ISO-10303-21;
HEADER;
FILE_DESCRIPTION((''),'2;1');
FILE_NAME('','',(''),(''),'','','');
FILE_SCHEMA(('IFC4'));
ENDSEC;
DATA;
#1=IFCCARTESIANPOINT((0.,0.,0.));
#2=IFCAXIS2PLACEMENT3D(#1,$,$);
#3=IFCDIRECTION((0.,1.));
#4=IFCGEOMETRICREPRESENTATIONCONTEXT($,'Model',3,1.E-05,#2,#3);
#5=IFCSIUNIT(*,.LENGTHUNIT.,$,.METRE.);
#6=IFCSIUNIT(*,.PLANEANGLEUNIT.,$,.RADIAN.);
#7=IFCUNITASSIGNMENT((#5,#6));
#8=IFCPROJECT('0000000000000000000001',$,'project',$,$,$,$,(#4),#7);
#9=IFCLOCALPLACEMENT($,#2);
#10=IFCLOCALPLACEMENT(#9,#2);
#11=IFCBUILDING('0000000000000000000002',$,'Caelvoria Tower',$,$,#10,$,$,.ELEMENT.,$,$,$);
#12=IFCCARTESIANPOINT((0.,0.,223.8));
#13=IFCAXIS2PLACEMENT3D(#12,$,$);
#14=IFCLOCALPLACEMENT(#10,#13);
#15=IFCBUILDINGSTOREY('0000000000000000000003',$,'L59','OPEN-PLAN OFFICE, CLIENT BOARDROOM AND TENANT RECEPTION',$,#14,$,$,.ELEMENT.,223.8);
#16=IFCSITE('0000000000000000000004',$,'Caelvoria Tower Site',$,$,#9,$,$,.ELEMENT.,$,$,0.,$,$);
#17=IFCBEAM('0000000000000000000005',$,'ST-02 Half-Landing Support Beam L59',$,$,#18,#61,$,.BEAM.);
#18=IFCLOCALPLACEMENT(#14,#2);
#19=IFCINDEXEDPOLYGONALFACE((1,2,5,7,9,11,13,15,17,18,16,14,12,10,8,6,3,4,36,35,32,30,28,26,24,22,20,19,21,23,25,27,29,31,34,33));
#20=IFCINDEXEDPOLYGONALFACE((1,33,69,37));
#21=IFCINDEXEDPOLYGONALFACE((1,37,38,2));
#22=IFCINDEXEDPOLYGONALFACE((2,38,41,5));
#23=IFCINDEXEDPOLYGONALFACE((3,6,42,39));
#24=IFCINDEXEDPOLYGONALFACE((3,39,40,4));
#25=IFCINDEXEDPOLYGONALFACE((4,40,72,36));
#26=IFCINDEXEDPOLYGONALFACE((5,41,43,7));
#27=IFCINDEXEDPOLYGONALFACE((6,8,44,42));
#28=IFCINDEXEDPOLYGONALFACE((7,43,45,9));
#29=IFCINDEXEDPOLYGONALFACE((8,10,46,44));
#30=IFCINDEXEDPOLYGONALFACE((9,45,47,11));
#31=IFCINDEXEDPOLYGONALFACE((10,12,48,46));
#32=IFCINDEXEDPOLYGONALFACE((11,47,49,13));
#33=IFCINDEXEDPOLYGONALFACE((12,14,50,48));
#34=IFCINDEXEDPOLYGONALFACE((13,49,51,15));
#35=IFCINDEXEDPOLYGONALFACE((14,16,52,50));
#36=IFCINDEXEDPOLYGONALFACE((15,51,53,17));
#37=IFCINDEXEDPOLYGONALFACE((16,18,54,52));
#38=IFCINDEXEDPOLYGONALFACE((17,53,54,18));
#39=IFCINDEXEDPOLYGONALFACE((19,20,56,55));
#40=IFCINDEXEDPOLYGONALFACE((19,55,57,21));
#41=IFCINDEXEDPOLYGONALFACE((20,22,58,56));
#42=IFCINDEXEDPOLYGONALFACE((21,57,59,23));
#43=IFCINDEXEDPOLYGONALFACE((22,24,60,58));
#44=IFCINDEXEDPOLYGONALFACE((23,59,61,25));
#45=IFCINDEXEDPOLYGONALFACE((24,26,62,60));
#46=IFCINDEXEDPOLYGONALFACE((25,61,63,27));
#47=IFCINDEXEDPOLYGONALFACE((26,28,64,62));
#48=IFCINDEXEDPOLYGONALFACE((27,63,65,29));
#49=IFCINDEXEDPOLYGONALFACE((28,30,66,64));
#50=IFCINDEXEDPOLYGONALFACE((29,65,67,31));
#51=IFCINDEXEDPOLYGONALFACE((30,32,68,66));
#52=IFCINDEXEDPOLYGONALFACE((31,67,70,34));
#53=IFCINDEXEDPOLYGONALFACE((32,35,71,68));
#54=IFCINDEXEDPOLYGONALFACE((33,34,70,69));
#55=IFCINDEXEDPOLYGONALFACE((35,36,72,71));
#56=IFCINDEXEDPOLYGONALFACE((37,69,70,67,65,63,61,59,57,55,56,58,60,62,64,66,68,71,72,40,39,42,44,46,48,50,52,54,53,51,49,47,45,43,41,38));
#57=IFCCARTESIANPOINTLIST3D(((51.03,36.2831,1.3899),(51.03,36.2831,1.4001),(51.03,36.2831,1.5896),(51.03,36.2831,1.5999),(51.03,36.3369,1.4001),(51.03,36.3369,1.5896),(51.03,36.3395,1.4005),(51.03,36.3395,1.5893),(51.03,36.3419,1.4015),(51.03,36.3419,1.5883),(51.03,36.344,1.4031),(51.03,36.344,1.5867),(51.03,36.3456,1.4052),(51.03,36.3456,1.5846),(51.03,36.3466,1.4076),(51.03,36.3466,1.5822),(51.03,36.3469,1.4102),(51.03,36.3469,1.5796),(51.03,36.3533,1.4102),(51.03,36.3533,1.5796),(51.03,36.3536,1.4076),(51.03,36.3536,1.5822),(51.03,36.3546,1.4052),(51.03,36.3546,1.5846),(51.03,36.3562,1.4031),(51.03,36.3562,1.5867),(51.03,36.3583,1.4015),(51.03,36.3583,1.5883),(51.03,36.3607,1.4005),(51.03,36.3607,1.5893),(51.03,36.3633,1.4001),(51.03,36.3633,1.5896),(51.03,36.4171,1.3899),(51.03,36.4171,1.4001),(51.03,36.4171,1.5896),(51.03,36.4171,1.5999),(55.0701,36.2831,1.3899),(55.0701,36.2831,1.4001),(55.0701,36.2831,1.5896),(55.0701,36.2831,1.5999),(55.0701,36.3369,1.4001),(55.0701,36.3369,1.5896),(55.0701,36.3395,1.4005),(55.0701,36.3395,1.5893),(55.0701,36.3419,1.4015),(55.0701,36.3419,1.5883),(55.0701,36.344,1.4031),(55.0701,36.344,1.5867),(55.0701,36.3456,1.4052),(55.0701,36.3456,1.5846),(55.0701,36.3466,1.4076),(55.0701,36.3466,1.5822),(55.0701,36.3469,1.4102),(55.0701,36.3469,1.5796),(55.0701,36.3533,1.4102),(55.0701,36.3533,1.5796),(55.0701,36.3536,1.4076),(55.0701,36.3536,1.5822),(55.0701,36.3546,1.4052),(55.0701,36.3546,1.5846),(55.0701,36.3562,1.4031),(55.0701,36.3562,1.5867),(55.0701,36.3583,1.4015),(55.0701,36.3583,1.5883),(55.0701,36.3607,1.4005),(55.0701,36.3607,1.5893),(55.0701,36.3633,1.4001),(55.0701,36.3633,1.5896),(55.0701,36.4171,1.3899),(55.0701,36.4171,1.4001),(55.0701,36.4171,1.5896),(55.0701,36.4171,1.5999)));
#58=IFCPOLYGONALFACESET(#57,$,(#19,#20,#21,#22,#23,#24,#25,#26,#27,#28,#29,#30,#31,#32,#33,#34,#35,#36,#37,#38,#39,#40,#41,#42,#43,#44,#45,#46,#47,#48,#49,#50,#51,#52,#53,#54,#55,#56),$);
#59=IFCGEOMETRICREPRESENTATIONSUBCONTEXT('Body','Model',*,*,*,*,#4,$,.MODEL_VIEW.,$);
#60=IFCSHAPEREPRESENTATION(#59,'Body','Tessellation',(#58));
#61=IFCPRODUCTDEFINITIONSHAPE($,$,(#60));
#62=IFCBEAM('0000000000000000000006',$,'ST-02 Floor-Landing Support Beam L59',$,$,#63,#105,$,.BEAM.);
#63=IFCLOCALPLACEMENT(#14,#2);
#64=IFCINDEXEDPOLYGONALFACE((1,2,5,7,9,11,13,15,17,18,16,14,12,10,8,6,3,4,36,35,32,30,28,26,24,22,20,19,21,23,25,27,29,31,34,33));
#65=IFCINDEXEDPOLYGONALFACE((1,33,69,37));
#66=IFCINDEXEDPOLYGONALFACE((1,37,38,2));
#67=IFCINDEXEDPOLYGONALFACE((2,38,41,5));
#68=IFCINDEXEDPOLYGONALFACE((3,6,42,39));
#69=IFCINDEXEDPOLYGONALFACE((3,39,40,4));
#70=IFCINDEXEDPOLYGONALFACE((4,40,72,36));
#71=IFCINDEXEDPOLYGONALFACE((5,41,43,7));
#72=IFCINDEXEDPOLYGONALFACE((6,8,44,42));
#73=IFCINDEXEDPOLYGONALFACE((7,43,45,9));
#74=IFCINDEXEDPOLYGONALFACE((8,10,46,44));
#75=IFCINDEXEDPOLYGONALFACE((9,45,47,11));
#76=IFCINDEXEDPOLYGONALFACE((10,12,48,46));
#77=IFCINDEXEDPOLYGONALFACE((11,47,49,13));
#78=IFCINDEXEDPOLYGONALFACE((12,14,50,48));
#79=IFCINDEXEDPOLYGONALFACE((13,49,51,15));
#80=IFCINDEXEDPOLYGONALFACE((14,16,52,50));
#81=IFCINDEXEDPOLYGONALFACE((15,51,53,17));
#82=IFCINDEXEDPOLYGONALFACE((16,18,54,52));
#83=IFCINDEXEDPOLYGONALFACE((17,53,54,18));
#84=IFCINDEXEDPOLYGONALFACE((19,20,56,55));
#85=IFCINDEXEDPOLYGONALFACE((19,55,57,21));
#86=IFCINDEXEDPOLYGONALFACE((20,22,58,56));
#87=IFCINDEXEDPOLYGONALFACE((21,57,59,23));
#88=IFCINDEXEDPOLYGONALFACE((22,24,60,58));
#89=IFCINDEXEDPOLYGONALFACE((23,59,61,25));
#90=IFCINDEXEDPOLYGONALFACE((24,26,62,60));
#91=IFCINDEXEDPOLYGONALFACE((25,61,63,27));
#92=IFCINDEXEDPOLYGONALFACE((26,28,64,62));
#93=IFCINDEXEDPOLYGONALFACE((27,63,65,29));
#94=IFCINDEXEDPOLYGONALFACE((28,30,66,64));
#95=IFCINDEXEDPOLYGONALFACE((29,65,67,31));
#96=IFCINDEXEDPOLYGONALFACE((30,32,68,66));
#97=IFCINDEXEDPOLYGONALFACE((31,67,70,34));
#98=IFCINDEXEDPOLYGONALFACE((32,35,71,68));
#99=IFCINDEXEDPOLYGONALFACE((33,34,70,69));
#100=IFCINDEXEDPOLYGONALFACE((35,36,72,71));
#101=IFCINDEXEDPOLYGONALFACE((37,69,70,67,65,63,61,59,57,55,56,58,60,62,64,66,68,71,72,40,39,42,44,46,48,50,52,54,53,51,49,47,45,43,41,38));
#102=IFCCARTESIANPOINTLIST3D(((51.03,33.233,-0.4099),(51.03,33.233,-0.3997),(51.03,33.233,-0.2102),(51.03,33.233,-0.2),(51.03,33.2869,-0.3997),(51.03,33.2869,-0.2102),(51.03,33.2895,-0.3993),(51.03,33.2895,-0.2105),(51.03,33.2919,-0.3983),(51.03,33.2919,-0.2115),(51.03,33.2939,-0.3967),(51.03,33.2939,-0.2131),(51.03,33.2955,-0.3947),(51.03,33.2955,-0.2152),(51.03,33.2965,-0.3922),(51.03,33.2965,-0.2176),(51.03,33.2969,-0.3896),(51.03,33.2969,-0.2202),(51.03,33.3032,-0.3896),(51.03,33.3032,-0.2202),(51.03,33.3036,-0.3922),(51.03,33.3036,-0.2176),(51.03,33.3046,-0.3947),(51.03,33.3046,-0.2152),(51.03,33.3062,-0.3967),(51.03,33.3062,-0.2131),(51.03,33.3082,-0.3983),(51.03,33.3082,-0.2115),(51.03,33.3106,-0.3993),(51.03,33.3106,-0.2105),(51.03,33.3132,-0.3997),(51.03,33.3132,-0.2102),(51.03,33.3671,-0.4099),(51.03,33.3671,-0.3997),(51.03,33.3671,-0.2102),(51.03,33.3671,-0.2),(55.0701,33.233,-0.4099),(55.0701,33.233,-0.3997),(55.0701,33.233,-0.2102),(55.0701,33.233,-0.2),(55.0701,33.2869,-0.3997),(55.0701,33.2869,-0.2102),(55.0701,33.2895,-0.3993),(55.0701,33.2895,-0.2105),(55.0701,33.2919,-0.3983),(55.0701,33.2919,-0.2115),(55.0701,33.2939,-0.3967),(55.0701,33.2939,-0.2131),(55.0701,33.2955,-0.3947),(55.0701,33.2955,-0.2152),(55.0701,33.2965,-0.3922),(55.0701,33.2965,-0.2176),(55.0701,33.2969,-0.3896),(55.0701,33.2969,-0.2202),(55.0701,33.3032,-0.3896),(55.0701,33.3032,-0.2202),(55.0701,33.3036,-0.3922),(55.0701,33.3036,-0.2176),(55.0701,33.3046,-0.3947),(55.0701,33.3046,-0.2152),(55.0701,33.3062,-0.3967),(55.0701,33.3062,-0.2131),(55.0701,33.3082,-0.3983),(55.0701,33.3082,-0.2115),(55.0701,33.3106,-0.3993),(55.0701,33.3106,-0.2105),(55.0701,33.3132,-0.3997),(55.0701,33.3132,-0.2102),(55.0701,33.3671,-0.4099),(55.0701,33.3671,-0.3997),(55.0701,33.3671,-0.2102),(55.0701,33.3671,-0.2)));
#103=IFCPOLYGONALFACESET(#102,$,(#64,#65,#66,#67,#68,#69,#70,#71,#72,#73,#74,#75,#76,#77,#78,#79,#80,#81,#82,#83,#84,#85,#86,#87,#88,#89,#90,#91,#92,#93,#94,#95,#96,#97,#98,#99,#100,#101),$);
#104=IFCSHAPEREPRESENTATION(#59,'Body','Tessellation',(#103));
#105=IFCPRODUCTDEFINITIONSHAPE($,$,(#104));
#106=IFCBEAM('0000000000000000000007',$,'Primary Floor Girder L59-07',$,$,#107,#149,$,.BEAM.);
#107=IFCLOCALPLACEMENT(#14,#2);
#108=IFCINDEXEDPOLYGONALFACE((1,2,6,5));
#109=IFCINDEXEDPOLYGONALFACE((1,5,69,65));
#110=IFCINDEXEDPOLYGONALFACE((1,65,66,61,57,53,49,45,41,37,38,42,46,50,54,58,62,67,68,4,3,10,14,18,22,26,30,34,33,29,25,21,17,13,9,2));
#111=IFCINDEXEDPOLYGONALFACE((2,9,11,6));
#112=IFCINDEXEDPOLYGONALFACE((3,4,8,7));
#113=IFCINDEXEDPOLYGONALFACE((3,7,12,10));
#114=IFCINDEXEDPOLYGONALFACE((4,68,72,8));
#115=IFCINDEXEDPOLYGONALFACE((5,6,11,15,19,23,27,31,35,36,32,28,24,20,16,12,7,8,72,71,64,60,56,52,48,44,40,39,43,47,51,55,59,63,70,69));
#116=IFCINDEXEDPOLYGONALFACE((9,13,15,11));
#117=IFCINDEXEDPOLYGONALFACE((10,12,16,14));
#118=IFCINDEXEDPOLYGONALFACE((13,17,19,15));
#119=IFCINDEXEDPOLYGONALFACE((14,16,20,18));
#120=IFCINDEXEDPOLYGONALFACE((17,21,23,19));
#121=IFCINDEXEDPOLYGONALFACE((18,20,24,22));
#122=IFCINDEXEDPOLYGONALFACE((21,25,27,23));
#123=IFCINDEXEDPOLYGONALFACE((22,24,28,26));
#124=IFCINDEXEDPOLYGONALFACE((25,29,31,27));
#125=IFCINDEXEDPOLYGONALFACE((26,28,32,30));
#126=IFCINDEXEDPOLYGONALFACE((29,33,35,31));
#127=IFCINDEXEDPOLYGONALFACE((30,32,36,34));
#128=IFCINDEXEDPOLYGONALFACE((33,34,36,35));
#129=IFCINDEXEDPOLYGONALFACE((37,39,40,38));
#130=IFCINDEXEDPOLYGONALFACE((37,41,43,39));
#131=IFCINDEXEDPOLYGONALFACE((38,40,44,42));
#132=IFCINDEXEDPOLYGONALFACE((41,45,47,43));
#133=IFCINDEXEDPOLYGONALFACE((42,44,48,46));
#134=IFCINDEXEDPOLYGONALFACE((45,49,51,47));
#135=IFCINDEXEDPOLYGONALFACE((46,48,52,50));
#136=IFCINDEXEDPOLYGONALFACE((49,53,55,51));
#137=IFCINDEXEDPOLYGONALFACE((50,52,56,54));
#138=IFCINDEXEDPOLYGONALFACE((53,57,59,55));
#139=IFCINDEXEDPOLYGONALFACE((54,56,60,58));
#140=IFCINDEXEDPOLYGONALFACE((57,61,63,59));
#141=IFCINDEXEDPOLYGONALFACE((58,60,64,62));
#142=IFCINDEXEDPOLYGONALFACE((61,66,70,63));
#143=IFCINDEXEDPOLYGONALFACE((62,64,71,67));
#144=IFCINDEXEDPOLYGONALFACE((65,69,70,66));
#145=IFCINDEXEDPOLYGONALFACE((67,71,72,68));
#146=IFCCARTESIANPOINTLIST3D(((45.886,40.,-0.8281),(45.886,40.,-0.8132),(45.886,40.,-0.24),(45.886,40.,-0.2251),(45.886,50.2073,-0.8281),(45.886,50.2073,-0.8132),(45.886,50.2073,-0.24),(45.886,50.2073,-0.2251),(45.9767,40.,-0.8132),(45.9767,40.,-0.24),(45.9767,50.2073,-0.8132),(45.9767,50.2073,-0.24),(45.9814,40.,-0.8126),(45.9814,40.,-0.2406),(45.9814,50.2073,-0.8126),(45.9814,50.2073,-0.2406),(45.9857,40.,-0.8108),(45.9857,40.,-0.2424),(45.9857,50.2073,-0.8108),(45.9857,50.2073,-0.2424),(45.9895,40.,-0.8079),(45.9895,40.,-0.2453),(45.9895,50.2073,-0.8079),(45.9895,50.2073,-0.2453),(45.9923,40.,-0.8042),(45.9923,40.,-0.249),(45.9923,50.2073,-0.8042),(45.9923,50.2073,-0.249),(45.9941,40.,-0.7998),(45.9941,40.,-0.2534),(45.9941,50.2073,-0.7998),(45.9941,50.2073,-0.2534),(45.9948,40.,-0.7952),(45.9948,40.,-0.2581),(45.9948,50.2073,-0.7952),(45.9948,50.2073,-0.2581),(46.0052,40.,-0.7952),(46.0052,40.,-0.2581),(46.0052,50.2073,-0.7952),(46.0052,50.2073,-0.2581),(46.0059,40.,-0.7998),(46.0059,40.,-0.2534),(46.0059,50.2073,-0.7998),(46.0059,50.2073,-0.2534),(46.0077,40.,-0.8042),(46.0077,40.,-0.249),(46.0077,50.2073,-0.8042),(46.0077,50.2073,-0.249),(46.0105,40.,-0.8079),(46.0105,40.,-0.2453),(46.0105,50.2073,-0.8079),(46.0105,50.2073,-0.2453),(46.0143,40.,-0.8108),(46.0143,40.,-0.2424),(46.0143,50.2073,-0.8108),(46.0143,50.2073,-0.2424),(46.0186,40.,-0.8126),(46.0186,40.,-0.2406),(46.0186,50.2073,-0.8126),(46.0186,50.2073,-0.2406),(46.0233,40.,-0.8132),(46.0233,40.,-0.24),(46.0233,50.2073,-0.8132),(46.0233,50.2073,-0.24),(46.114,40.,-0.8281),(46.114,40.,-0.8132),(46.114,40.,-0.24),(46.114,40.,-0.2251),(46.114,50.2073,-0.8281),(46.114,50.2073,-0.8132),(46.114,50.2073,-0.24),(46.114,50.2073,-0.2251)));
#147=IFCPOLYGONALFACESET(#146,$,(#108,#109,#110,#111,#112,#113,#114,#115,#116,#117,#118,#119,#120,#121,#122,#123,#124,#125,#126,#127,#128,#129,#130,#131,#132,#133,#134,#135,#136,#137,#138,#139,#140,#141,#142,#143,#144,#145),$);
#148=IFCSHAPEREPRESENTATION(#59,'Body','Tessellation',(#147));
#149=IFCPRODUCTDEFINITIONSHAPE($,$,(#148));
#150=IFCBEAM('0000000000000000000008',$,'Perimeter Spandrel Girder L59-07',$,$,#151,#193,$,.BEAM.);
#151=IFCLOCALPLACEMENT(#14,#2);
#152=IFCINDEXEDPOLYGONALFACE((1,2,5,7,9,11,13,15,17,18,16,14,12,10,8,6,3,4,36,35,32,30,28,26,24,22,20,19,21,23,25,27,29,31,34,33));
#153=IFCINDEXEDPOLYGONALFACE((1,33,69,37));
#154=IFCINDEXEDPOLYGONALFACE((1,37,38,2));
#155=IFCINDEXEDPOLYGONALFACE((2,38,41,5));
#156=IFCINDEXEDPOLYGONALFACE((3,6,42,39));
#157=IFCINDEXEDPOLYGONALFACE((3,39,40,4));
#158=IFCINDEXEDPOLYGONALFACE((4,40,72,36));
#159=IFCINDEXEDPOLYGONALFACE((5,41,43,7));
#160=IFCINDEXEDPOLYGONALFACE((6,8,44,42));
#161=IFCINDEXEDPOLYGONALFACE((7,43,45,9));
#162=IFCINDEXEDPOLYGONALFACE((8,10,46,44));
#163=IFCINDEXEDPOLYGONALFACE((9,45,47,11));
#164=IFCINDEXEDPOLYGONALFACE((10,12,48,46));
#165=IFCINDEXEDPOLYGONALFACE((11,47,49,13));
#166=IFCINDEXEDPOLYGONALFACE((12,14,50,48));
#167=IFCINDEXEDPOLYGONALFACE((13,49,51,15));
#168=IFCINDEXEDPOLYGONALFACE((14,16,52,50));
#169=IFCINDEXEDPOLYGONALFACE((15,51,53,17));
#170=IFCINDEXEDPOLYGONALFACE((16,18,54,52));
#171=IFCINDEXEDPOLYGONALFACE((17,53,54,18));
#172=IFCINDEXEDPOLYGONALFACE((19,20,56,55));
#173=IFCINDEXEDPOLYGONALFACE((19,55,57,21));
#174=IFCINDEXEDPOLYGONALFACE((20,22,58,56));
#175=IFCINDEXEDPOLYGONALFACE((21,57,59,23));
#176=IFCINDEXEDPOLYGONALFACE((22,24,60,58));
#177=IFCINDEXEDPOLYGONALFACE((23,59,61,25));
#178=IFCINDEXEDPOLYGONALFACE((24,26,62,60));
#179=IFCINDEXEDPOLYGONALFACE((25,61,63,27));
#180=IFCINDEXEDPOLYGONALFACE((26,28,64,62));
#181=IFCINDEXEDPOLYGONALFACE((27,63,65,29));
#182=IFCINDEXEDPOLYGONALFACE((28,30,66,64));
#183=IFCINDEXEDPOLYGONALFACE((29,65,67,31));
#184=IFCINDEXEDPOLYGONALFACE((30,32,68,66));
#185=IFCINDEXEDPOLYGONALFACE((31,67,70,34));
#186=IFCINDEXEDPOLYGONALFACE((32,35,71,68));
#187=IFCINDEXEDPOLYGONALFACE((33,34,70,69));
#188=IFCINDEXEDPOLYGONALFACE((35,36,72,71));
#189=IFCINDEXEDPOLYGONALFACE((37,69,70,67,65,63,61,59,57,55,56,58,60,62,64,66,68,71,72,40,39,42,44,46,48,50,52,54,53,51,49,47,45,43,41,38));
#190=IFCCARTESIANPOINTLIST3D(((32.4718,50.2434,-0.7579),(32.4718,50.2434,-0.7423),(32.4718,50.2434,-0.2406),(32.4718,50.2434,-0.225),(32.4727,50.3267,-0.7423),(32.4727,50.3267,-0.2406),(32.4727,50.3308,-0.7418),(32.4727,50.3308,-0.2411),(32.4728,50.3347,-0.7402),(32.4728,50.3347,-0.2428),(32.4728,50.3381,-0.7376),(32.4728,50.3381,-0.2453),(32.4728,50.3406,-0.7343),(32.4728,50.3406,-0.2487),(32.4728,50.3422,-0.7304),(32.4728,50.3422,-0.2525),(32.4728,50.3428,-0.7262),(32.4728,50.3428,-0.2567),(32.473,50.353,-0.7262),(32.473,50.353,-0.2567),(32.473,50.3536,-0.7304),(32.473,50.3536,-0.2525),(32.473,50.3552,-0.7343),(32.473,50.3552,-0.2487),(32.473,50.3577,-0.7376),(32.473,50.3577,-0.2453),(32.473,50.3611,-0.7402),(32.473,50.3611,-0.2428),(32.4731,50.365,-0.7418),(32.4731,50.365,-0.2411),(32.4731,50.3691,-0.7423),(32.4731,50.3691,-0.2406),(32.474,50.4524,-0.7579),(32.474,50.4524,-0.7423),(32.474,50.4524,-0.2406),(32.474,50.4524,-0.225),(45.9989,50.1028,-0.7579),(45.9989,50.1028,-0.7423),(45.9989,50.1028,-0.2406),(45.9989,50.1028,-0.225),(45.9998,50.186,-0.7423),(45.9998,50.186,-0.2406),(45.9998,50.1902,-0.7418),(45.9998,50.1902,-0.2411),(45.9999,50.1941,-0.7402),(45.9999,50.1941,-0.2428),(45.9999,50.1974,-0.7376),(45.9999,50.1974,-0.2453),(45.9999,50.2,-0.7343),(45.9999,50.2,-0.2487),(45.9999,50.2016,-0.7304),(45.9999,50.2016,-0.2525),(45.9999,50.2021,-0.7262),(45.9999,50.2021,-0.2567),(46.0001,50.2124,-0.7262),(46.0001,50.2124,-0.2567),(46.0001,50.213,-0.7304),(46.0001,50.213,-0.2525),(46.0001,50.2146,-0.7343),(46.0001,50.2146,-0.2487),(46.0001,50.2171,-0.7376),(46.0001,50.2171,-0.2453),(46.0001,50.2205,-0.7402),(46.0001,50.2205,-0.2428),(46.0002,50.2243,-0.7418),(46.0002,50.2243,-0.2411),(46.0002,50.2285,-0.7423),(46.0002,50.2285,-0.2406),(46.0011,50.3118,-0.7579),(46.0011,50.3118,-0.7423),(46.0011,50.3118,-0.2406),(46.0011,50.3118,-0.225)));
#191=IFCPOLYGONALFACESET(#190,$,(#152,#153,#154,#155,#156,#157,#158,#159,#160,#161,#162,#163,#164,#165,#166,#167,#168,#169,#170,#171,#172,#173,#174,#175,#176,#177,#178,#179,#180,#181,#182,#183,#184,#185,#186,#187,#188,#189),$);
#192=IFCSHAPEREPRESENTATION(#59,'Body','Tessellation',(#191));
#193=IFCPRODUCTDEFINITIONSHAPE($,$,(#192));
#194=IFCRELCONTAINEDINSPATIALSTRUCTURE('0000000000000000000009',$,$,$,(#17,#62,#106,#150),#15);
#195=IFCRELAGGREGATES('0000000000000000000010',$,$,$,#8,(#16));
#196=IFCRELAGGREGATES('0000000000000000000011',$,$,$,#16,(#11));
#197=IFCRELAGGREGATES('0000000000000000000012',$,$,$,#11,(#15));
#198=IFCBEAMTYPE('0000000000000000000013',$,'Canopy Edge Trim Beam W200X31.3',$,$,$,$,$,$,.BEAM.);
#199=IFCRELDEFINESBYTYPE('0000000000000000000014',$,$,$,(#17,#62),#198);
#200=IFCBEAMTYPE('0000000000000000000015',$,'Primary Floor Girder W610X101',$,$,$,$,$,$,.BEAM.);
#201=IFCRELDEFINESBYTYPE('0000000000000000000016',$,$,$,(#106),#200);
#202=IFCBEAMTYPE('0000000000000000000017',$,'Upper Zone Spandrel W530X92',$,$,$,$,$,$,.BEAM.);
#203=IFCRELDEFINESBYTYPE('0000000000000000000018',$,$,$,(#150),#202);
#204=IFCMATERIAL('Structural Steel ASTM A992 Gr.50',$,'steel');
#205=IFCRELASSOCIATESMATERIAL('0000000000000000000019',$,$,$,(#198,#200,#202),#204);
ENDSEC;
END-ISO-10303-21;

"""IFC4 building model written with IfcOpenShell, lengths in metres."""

from ifc_helpers import new_model, si_unit, direction, frame, origin, origin_2d, place, context, subcontext, project, spatial, i_section, extrude, material, material_profile, profile_set, type_object, element, save


model = new_model("IFC4")

# Units and contexts
model_context = context("Model", 3, precision=1e-05, world=origin(), true_north=direction((0.0, 1.0)))
body_context = subcontext(model_context, "Body", "Model", "MODEL_VIEW")
ifc_project = project(units=[si_unit("LENGTHUNIT", "METRE"), si_unit("PLANEANGLEUNIT", "RADIAN")], contexts=[model_context])

# Site, building, storey
site_placement = place(None, origin())
site = spatial("IfcSite", under=ifc_project, at=site_placement, Name="Caelvoria Tower Site", CompositionType="ELEMENT", RefElevation=0.0)
building_placement = place(site_placement, origin())
building = spatial("IfcBuilding", under=site, at=building_placement, Name="Caelvoria Tower", CompositionType="ELEMENT")
storey_placement = place(building_placement, frame((0.0, 0.0, 223.8)))
storey = spatial("IfcBuildingStorey", under=building, at=storey_placement, Name="L59", Description="OPEN-PLAN OFFICE, CLIENT BOARDROOM AND TENANT RECEPTION", CompositionType="ELEMENT", Elevation=223.8)

# Beams
ifc_material_1 = material(Name="Structural Steel ASTM A992 Gr.50", Category="steel")
ifc_material_profile_1 = material_profile(ifc_material_1, i_section(OverallWidth=0.134, OverallDepth=0.21, WebThickness=0.0063, FlangeThickness=0.0103, FilletRadius=0.01, at=origin_2d()), Name="Structural Steel ASTM A992 Gr.50")
ifc_profile_set_1 = profile_set([ifc_material_profile_1], Name="W200X31.3 - Structural Steel ASTM A992 Gr.50")
beam_type_1 = type_object("IfcBeamType", Name="Canopy Edge Trim Beam W200X31.3", PredefinedType="BEAM", material=ifc_profile_set_1)
for number, where, z_axis, x_axis, name in (
    (1, (51.03, 36.3501, 1.4949), (1.0, 0.0, 0.0), (0.0, 1.0, 0.0), "ST-02 Half-Landing Support Beam L59"),
    (2, (51.03, 33.3, -0.3049), (1.0, 0.0, 0.0), (0.0, 1.0, 0.0), "ST-02 Floor-Landing Support Beam L59"),
):
    element("IfcBeam", number, at=place(storey_placement, frame(where, z_axis=z_axis, x_axis=x_axis)), inside=storey, type_object=beam_type_1, Name=name, PredefinedType="BEAM", context=body_context, shape_type="SweptSolid", body=[
        extrude(i_section(OverallWidth=0.134, OverallDepth=0.21, WebThickness=0.0063, FlangeThickness=0.0103, FilletRadius=0.01, at=origin_2d()), origin(), (0.0, 0.0, 1.0), 4.04),
    ])
ifc_material_profile_2 = material_profile(ifc_material_1, i_section(OverallWidth=0.228, OverallDepth=0.603, WebThickness=0.0105, FlangeThickness=0.0149, FilletRadius=0.0181, at=origin_2d()), Name="Structural Steel ASTM A992 Gr.50")
ifc_profile_set_2 = profile_set([ifc_material_profile_2], Name="W610X101 - Structural Steel ASTM A992 Gr.50")
beam_type_2 = type_object("IfcBeamType", Name="Primary Floor Girder W610X101", PredefinedType="BEAM", material=ifc_profile_set_2)
beam_1_placement = place(storey_placement, frame((46.0, 40.0, -0.5266), z_axis=(0.0, 1.0, 0.0), x_axis=(-1.0, 0.0, 0.0)))
element("IfcBeam", 3, at=beam_1_placement, inside=storey, type_object=beam_type_2, Name="Primary Floor Girder L59-07", PredefinedType="BEAM", context=body_context, shape_type="SweptSolid", body=[
    extrude(i_section(OverallWidth=0.228, OverallDepth=0.603, WebThickness=0.0105, FlangeThickness=0.0149, FilletRadius=0.0181, at=origin_2d()), origin(), (0.0, 0.0, 1.0), 10.2073),
])
ifc_material_profile_3 = material_profile(ifc_material_1, i_section(OverallWidth=0.209, OverallDepth=0.533, WebThickness=0.0103, FlangeThickness=0.0156, FilletRadius=0.0161, at=origin_2d()), Name="Structural Steel ASTM A992 Gr.50")
ifc_profile_set_3 = profile_set([ifc_material_profile_3], Name="W530X92 - Structural Steel ASTM A992 Gr.50")
beam_type_3 = type_object("IfcBeamType", Name="Upper Zone Spandrel W530X92", PredefinedType="BEAM", material=ifc_profile_set_3)
beam_2_placement = place(storey_placement, frame((46.0, 50.2073, -0.4915), z_axis=(-0.999946, 0.010395, 0.0), x_axis=(-0.010395, -0.999946, 0.0)))
element("IfcBeam", 4, at=beam_2_placement, inside=storey, type_object=beam_type_3, Name="Perimeter Spandrel Girder L59-07", PredefinedType="BEAM", context=body_context, shape_type="SweptSolid", body=[
    extrude(i_section(OverallWidth=0.209, OverallDepth=0.533, WebThickness=0.0103, FlangeThickness=0.0156, FilletRadius=0.0161, at=origin_2d()), origin(), (0.0, 0.0, 1.0), 13.5278),
])

save(model, "model.ifc")
